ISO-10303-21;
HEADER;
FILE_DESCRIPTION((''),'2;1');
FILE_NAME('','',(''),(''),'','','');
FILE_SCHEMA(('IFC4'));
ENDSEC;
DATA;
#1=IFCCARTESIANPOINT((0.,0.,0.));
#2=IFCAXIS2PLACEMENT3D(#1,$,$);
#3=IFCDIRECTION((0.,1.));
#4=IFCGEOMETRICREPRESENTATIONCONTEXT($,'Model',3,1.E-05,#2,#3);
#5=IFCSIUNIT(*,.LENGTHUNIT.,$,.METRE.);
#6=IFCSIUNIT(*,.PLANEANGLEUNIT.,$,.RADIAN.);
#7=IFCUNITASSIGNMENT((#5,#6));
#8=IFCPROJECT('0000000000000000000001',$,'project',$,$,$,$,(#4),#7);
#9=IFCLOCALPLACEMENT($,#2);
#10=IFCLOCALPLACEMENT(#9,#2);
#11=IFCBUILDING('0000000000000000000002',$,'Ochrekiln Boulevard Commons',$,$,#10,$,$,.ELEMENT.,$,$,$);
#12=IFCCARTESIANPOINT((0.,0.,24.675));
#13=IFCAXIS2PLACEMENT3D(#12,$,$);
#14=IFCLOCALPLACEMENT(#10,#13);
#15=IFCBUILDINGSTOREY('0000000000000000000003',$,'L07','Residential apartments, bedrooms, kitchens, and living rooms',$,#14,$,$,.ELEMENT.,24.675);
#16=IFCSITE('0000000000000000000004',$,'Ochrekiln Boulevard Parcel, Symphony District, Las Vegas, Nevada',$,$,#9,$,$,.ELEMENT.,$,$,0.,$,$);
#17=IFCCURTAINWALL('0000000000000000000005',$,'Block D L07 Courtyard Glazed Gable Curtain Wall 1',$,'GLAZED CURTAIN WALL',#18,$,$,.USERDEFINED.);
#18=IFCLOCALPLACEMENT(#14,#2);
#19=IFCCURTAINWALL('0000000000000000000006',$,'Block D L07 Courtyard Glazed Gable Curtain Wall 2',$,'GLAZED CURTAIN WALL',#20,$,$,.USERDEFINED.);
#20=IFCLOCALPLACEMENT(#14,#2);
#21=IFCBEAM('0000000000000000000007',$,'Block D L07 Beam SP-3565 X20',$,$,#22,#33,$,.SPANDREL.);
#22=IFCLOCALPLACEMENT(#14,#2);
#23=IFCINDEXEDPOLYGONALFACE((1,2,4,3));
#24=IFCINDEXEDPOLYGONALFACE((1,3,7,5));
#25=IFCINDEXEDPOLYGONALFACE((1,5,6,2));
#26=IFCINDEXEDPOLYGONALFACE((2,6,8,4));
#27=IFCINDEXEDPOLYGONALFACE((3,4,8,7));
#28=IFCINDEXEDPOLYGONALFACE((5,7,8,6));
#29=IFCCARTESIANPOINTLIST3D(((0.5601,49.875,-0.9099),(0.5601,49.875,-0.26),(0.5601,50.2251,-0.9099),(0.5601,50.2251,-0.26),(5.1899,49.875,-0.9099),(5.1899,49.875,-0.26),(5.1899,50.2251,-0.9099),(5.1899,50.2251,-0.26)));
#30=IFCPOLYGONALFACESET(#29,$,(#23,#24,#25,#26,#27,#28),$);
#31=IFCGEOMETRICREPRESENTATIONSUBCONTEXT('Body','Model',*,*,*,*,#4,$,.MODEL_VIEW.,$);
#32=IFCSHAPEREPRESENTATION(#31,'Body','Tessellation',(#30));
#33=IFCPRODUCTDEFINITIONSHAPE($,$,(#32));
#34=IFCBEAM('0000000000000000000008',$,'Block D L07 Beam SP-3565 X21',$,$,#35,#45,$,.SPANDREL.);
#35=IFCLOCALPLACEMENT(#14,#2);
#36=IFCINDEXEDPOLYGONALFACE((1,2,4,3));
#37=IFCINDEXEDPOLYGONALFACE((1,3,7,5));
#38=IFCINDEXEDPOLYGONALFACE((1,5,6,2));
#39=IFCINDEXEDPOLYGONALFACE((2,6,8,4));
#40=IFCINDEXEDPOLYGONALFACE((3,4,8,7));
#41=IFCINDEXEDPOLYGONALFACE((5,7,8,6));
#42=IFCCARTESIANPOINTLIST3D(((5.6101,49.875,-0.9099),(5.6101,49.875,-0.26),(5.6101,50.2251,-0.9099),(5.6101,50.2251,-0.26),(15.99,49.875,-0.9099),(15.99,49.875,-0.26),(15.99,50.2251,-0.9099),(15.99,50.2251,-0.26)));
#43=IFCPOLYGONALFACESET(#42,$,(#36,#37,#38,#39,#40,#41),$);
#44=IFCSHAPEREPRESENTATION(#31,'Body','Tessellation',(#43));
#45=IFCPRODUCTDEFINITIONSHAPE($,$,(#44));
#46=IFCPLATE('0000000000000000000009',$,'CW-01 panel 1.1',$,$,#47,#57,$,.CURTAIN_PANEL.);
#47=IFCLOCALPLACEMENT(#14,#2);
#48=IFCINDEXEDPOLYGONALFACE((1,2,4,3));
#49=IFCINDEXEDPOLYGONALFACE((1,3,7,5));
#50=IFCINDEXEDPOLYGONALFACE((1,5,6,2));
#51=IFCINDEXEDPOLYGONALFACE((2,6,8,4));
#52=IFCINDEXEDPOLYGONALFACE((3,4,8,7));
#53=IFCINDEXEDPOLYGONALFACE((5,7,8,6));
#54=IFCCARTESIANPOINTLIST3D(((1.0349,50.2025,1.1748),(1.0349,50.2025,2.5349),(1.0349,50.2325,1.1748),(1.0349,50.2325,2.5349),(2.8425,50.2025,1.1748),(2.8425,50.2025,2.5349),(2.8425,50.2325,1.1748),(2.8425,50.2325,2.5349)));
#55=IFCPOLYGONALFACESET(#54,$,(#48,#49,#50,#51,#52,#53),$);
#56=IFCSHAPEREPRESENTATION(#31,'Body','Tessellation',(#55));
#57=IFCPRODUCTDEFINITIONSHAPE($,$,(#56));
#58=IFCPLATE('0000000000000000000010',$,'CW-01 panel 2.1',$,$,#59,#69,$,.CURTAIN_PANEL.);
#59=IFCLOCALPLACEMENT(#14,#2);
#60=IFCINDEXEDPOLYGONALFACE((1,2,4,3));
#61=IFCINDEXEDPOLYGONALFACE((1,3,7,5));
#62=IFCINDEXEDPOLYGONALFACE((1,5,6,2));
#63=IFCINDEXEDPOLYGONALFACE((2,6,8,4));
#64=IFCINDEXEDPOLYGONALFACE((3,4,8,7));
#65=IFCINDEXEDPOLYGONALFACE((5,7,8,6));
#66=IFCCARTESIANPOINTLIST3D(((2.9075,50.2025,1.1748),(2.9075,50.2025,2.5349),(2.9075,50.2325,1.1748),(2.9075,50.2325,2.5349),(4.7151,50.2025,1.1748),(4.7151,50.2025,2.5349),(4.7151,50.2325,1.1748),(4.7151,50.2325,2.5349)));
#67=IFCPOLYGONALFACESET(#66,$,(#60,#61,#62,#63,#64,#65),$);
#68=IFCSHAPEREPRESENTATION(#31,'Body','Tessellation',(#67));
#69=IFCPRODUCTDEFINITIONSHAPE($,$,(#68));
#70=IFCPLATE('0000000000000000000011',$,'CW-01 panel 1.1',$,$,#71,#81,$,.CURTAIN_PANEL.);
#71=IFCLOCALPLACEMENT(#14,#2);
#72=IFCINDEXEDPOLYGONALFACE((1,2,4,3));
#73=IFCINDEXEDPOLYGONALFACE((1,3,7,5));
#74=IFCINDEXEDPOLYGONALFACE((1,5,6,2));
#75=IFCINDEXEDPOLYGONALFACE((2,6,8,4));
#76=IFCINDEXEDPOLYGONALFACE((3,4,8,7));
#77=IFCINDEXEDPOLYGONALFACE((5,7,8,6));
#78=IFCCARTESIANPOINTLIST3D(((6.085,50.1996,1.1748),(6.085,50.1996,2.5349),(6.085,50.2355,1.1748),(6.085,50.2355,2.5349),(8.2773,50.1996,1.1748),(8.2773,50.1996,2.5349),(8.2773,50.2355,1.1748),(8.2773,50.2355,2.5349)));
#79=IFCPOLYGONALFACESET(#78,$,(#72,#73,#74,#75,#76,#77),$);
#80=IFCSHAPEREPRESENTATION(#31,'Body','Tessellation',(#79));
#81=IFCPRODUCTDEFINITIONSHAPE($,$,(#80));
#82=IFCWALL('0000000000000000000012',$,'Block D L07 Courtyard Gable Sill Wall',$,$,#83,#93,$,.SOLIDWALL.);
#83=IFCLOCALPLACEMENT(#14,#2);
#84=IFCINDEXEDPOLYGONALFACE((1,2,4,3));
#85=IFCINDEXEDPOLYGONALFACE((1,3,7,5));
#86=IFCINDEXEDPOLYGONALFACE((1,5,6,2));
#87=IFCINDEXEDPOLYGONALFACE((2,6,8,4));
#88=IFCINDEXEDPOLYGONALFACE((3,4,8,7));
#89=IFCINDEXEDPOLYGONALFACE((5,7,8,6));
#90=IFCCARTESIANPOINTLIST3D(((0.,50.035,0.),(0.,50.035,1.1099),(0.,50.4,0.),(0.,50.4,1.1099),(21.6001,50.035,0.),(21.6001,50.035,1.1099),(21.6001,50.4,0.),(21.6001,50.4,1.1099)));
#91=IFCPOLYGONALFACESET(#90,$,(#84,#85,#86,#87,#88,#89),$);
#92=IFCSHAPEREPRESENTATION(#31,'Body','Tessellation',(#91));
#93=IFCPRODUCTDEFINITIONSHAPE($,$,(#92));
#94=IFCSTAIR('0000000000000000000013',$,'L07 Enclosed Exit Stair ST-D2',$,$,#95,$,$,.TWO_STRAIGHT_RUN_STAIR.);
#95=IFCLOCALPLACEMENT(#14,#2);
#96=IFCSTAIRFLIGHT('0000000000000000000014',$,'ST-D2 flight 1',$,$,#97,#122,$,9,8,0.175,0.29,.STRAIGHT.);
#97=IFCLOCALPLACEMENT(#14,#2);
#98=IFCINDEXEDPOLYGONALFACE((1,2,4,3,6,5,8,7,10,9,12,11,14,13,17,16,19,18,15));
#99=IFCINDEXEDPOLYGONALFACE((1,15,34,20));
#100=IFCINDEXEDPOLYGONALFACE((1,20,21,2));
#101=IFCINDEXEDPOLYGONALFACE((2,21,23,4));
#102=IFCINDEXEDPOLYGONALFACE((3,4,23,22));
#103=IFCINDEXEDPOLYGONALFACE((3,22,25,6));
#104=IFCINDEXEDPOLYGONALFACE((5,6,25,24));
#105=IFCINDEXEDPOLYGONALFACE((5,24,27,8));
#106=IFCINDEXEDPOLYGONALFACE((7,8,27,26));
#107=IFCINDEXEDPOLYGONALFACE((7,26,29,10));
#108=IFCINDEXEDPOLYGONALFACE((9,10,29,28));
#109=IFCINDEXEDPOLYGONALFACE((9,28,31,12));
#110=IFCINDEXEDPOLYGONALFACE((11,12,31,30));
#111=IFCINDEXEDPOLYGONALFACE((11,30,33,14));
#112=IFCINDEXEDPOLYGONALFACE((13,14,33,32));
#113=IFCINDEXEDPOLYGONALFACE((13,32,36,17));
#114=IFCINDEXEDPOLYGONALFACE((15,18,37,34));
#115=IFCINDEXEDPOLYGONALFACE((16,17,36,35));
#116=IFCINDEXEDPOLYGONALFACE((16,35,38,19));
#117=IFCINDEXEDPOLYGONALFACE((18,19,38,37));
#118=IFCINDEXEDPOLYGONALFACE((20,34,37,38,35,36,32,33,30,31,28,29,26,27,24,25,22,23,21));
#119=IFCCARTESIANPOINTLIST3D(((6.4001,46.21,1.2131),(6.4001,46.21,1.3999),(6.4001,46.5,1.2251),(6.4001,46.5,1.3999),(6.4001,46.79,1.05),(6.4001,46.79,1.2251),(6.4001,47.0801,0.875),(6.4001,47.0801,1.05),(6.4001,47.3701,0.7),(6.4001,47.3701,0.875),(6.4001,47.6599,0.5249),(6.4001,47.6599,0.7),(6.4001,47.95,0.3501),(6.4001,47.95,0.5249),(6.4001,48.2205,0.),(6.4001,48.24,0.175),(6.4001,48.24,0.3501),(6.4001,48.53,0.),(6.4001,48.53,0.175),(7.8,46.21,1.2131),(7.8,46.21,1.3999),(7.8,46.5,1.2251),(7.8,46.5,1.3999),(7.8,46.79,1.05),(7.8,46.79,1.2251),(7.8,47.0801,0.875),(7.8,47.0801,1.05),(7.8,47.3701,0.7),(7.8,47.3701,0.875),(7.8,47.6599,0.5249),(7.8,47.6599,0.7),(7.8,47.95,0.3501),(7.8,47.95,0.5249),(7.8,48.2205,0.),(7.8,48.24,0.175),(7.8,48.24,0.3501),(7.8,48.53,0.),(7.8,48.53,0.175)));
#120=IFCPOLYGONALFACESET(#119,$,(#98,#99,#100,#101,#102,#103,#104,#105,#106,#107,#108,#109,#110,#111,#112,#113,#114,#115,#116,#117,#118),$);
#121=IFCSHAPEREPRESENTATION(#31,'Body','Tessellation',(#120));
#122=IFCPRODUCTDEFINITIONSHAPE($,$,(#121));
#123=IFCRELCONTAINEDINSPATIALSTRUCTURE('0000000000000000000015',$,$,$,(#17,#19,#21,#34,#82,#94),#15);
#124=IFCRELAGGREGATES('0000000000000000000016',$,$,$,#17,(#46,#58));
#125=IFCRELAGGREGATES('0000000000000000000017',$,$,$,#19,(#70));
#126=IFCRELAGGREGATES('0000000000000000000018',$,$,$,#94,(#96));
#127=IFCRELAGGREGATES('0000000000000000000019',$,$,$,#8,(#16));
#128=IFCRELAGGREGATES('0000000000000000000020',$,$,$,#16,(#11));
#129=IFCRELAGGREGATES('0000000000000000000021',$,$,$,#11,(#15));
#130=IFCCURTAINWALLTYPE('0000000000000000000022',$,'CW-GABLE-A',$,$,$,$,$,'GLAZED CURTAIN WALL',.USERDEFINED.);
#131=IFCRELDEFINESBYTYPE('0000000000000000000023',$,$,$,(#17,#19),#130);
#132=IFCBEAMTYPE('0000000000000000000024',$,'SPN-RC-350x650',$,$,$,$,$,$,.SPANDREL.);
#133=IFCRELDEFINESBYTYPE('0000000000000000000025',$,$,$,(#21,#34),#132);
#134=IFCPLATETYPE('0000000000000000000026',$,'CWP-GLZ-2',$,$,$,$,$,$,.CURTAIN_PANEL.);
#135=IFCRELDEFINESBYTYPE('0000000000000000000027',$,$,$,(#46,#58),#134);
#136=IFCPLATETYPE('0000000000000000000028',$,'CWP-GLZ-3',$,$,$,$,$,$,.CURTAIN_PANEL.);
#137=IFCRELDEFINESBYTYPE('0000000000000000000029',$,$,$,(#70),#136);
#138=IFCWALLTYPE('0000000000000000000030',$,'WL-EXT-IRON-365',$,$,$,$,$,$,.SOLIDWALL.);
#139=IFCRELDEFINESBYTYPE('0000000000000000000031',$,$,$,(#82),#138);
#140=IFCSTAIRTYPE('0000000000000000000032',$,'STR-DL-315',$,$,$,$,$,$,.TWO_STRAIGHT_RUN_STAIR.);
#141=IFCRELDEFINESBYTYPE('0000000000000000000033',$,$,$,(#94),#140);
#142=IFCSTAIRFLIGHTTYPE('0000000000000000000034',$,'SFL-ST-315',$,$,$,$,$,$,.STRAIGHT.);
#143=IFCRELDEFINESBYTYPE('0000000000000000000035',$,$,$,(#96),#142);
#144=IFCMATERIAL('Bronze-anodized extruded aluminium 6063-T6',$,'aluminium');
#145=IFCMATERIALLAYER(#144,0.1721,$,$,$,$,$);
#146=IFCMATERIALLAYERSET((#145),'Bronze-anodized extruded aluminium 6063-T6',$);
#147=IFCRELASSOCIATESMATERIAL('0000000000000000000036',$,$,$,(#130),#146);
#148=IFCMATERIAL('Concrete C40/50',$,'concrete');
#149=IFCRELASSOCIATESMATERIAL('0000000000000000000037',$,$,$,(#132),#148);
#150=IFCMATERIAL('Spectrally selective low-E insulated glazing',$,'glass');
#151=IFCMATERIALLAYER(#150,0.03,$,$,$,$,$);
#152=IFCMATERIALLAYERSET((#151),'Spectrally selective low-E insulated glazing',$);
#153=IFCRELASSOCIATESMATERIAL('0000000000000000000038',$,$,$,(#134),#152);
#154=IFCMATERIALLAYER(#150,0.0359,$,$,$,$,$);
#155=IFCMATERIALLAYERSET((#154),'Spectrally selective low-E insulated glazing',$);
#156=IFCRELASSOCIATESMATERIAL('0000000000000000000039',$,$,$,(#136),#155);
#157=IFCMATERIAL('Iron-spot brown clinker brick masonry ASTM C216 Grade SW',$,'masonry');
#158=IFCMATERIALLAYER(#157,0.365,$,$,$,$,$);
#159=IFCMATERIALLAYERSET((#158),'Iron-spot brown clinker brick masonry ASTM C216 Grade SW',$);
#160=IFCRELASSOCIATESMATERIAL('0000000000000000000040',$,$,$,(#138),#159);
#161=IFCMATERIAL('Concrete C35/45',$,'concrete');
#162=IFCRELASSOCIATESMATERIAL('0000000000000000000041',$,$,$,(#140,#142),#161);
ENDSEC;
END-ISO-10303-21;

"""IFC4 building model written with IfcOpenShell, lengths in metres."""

from ifc_helpers import new_model, si_unit, direction, frame, frame_2d, origin, origin_2d, place, context, subcontext, project, spatial, polyline, rectangle, outline, extrude, material, layer, layer_set, material_profile, profile_set, type_object, element, aggregate, save


model = new_model("IFC4")

# Units and contexts
model_context = context("Model", 3, precision=1e-05, world=origin(), true_north=direction((0.0, 1.0)))
body_context = subcontext(model_context, "Body", "Model", "MODEL_VIEW")
ifc_project = project(units=[si_unit("LENGTHUNIT", "METRE"), si_unit("PLANEANGLEUNIT", "RADIAN")], contexts=[model_context])

# Site, building, storey
site_placement = place(None, origin())
site = spatial("IfcSite", under=ifc_project, at=site_placement, Name="Ochrekiln Boulevard Parcel, Symphony District, Las Vegas, Nevada", CompositionType="ELEMENT", RefElevation=0.0)
building_placement = place(site_placement, origin())
building = spatial("IfcBuilding", under=site, at=building_placement, Name="Ochrekiln Boulevard Commons", CompositionType="ELEMENT")
storey_placement = place(building_placement, frame((0.0, 0.0, 24.675)))
storey = spatial("IfcBuildingStorey", under=building, at=storey_placement, Name="L07", Description="Residential apartments, bedrooms, kitchens, and living rooms", CompositionType="ELEMENT", Elevation=24.675)

# Shared definitions
ifc_material_1 = material(Name="Concrete C35/45", Category="concrete")
ifc_material_2 = material(Name="Concrete C40/50", Category="concrete")

# Curtain walls
ifc_material_3 = material(Name="Bronze-anodized extruded aluminium 6063-T6", Category="aluminium")
ifc_layer_1 = layer(ifc_material_3, 0.1721)
ifc_layer_set_1 = layer_set([ifc_layer_1], Name="Bronze-anodized extruded aluminium 6063-T6")
curtain_wall_type = type_object("IfcCurtainWallType", Name="CW-GABLE-A", ElementType="GLAZED CURTAIN WALL", PredefinedType="USERDEFINED", material=ifc_layer_set_1)
curtain_wall_1_placement = place(storey_placement, origin())
curtain_wall_1 = element("IfcCurtainWall", 1, at=curtain_wall_1_placement, inside=storey, type_object=curtain_wall_type, Name="Block D L07 Courtyard Glazed Gable Curtain Wall 1", ObjectType="GLAZED CURTAIN WALL", PredefinedType="USERDEFINED")
curtain_wall_2_placement = place(storey_placement, origin())
curtain_wall_2 = element("IfcCurtainWall", 2, at=curtain_wall_2_placement, inside=storey, type_object=curtain_wall_type, Name="Block D L07 Courtyard Glazed Gable Curtain Wall 2", ObjectType="GLAZED CURTAIN WALL", PredefinedType="USERDEFINED")

# Beams
ifc_material_profile_1 = material_profile(ifc_material_2, rectangle(XDim=0.3501, YDim=0.6499, at=origin_2d()), Name="RC-SPN-350x650")
ifc_profile_set_1 = profile_set([ifc_material_profile_1], Name="Concrete C40/50")
beam_type = type_object("IfcBeamType", Name="SPN-RC-350x650", PredefinedType="SPANDREL", material=ifc_profile_set_1)
beam_1_placement = place(storey_placement, frame((0.5601, 50.05, -0.585), z_axis=(1.0, 0.0, 0.0), x_axis=(0.0, 1.0, 0.0)))
element("IfcBeam", 3, at=beam_1_placement, inside=storey, type_object=beam_type, Name="Block D L07 Beam SP-3565 X20", PredefinedType="SPANDREL", context=body_context, shape_type="SweptSolid", body=[
    extrude(rectangle(XDim=0.3501, YDim=0.6499, at=origin_2d()), origin(), (0.0, 0.0, 1.0), 4.6299),
])
beam_2_placement = place(storey_placement, frame((5.6101, 50.05, -0.585), z_axis=(1.0, 0.0, 0.0), x_axis=(0.0, 1.0, 0.0)))
element("IfcBeam", 4, at=beam_2_placement, inside=storey, type_object=beam_type, Name="Block D L07 Beam SP-3565 X21", PredefinedType="SPANDREL", context=body_context, shape_type="SweptSolid", body=[
    extrude(rectangle(XDim=0.3501, YDim=0.6499, at=origin_2d()), origin(), (0.0, 0.0, 1.0), 10.3799),
])

# Plates
ifc_material_4 = material(Name="Spectrally selective low-E insulated glazing", Category="glass")
ifc_layer_2 = layer(ifc_material_4, 0.03)
ifc_layer_set_2 = layer_set([ifc_layer_2], Name="Spectrally selective low-E insulated glazing")
plate_type_1 = type_object("IfcPlateType", Name="CWP-GLZ-2", PredefinedType="CURTAIN_PANEL", material=ifc_layer_set_2)
plate_1_placement = place(storey_placement, frame((1.9387, 50.2175, 1.1748), z_axis=(0.0, 0.0, 1.0), x_axis=(1.0, 0.0, 0.0)))
plate_1 = element("IfcPlate", 5, at=plate_1_placement, type_object=plate_type_1, Name="CW-01 panel 1.1", PredefinedType="CURTAIN_PANEL", context=body_context, shape_type="SweptSolid", body=[
    extrude(rectangle(XDim=1.8076, YDim=0.03, at=origin_2d()), origin(), (0.0, 0.0, 1.0), 1.3601),
])
plate_2_placement = place(storey_placement, frame((3.8113, 50.2175, 1.1748), z_axis=(0.0, 0.0, 1.0), x_axis=(1.0, 0.0, 0.0)))
plate_2 = element("IfcPlate", 6, at=plate_2_placement, type_object=plate_type_1, Name="CW-01 panel 2.1", PredefinedType="CURTAIN_PANEL", context=body_context, shape_type="SweptSolid", body=[
    extrude(rectangle(XDim=1.8076, YDim=0.03, at=origin_2d()), origin(), (0.0, 0.0, 1.0), 1.3601),
])
aggregate(curtain_wall_1, [plate_1, plate_2])
ifc_layer_3 = layer(ifc_material_4, 0.0359)
ifc_layer_set_3 = layer_set([ifc_layer_3], Name="Spectrally selective low-E insulated glazing")
plate_type_2 = type_object("IfcPlateType", Name="CWP-GLZ-3", PredefinedType="CURTAIN_PANEL", material=ifc_layer_set_3)
plate_3_placement = place(storey_placement, frame((7.1812, 50.2175, 1.1748), z_axis=(0.0, 0.0, 1.0), x_axis=(1.0, 0.0, 0.0)))
plate_3 = element("IfcPlate", 7, at=plate_3_placement, type_object=plate_type_2, Name="CW-01 panel 1.1", PredefinedType="CURTAIN_PANEL", context=body_context, shape_type="SweptSolid", body=[
    extrude(rectangle(XDim=2.1924, YDim=0.0359, at=origin_2d()), origin(), (0.0, 0.0, 1.0), 1.3601),
])
aggregate(curtain_wall_2, [plate_3])

# Wall
ifc_material_5 = material(Name="Iron-spot brown clinker brick masonry ASTM C216 Grade SW", Category="masonry")
ifc_layer_4 = layer(ifc_material_5, 0.365)
ifc_layer_set_4 = layer_set([ifc_layer_4], Name="Iron-spot brown clinker brick masonry ASTM C216 Grade SW")
wall_type = type_object("IfcWallType", Name="WL-EXT-IRON-365", PredefinedType="SOLIDWALL", material=ifc_layer_set_4)
wall_placement = place(storey_placement, frame((0.0, 50.2175, 0.0), z_axis=(0.0, 0.0, 1.0), x_axis=(1.0, 0.0, 0.0)))
element("IfcWall", 8, at=wall_placement, inside=storey, type_object=wall_type, Name="Block D L07 Courtyard Gable Sill Wall", PredefinedType="SOLIDWALL", context=body_context, shape_type="SweptSolid", body=[
    extrude(rectangle(XDim=21.6001, YDim=0.365, at=frame_2d((10.8, 0.0))), origin(), (0.0, 0.0, 1.0), 1.1099),
])

# Stair, stair flight
stair_type = type_object("IfcStairType", Name="STR-DL-315", PredefinedType="TWO_STRAIGHT_RUN_STAIR", material=ifc_material_1)
stair_placement = place(storey_placement, origin())
stair = element("IfcStair", 9, at=stair_placement, inside=storey, type_object=stair_type, Name="L07 Enclosed Exit Stair ST-D2", PredefinedType="TWO_STRAIGHT_RUN_STAIR")
stair_flight_type = type_object("IfcStairFlightType", Name="SFL-ST-315", PredefinedType="STRAIGHT", material=ifc_material_1)
stair_flight_placement = place(storey_placement, frame((7.1001, 48.53, 0.0), z_axis=(0.0, 0.0, 1.0), x_axis=(0.0, -1.0, 0.0)))
stair_flight = element("IfcStairFlight", 10, at=stair_flight_placement, type_object=stair_flight_type, Name="ST-D2 flight 1", NumberOfRisers=9, NumberOfTreads=8, PredefinedType="STRAIGHT", RiserHeight=0.175, TreadLength=0.29, context=body_context, shape_type="SweptSolid", body=[
    extrude(outline(polyline([(0.0, 0.0), (0.0, 0.175), (0.29, 0.175), (0.29, 0.3501), (0.5801, 0.3501), (0.5801, 0.5249), (0.8701, 0.5249), (0.8701, 0.7), (1.1599, 0.7), (1.1599, 0.875), (1.45, 0.875), (1.45, 1.05), (1.74, 1.05), (1.74, 1.2251), (2.03, 1.2251), (2.03, 1.3999), (2.3201, 1.3999), (2.3201, 1.575), (2.3201, 1.2131), (0.3096, 0.0), (0.0, 0.0)])), frame((0.0, 0.7, 0.0), z_axis=(0.0, -1.0, 0.0), x_axis=(1.0, 0.0, 0.0)), (0.0, 0.0, 1.0), 1.3999),
])
aggregate(stair, [stair_flight])

save(model, "model.ifc")
